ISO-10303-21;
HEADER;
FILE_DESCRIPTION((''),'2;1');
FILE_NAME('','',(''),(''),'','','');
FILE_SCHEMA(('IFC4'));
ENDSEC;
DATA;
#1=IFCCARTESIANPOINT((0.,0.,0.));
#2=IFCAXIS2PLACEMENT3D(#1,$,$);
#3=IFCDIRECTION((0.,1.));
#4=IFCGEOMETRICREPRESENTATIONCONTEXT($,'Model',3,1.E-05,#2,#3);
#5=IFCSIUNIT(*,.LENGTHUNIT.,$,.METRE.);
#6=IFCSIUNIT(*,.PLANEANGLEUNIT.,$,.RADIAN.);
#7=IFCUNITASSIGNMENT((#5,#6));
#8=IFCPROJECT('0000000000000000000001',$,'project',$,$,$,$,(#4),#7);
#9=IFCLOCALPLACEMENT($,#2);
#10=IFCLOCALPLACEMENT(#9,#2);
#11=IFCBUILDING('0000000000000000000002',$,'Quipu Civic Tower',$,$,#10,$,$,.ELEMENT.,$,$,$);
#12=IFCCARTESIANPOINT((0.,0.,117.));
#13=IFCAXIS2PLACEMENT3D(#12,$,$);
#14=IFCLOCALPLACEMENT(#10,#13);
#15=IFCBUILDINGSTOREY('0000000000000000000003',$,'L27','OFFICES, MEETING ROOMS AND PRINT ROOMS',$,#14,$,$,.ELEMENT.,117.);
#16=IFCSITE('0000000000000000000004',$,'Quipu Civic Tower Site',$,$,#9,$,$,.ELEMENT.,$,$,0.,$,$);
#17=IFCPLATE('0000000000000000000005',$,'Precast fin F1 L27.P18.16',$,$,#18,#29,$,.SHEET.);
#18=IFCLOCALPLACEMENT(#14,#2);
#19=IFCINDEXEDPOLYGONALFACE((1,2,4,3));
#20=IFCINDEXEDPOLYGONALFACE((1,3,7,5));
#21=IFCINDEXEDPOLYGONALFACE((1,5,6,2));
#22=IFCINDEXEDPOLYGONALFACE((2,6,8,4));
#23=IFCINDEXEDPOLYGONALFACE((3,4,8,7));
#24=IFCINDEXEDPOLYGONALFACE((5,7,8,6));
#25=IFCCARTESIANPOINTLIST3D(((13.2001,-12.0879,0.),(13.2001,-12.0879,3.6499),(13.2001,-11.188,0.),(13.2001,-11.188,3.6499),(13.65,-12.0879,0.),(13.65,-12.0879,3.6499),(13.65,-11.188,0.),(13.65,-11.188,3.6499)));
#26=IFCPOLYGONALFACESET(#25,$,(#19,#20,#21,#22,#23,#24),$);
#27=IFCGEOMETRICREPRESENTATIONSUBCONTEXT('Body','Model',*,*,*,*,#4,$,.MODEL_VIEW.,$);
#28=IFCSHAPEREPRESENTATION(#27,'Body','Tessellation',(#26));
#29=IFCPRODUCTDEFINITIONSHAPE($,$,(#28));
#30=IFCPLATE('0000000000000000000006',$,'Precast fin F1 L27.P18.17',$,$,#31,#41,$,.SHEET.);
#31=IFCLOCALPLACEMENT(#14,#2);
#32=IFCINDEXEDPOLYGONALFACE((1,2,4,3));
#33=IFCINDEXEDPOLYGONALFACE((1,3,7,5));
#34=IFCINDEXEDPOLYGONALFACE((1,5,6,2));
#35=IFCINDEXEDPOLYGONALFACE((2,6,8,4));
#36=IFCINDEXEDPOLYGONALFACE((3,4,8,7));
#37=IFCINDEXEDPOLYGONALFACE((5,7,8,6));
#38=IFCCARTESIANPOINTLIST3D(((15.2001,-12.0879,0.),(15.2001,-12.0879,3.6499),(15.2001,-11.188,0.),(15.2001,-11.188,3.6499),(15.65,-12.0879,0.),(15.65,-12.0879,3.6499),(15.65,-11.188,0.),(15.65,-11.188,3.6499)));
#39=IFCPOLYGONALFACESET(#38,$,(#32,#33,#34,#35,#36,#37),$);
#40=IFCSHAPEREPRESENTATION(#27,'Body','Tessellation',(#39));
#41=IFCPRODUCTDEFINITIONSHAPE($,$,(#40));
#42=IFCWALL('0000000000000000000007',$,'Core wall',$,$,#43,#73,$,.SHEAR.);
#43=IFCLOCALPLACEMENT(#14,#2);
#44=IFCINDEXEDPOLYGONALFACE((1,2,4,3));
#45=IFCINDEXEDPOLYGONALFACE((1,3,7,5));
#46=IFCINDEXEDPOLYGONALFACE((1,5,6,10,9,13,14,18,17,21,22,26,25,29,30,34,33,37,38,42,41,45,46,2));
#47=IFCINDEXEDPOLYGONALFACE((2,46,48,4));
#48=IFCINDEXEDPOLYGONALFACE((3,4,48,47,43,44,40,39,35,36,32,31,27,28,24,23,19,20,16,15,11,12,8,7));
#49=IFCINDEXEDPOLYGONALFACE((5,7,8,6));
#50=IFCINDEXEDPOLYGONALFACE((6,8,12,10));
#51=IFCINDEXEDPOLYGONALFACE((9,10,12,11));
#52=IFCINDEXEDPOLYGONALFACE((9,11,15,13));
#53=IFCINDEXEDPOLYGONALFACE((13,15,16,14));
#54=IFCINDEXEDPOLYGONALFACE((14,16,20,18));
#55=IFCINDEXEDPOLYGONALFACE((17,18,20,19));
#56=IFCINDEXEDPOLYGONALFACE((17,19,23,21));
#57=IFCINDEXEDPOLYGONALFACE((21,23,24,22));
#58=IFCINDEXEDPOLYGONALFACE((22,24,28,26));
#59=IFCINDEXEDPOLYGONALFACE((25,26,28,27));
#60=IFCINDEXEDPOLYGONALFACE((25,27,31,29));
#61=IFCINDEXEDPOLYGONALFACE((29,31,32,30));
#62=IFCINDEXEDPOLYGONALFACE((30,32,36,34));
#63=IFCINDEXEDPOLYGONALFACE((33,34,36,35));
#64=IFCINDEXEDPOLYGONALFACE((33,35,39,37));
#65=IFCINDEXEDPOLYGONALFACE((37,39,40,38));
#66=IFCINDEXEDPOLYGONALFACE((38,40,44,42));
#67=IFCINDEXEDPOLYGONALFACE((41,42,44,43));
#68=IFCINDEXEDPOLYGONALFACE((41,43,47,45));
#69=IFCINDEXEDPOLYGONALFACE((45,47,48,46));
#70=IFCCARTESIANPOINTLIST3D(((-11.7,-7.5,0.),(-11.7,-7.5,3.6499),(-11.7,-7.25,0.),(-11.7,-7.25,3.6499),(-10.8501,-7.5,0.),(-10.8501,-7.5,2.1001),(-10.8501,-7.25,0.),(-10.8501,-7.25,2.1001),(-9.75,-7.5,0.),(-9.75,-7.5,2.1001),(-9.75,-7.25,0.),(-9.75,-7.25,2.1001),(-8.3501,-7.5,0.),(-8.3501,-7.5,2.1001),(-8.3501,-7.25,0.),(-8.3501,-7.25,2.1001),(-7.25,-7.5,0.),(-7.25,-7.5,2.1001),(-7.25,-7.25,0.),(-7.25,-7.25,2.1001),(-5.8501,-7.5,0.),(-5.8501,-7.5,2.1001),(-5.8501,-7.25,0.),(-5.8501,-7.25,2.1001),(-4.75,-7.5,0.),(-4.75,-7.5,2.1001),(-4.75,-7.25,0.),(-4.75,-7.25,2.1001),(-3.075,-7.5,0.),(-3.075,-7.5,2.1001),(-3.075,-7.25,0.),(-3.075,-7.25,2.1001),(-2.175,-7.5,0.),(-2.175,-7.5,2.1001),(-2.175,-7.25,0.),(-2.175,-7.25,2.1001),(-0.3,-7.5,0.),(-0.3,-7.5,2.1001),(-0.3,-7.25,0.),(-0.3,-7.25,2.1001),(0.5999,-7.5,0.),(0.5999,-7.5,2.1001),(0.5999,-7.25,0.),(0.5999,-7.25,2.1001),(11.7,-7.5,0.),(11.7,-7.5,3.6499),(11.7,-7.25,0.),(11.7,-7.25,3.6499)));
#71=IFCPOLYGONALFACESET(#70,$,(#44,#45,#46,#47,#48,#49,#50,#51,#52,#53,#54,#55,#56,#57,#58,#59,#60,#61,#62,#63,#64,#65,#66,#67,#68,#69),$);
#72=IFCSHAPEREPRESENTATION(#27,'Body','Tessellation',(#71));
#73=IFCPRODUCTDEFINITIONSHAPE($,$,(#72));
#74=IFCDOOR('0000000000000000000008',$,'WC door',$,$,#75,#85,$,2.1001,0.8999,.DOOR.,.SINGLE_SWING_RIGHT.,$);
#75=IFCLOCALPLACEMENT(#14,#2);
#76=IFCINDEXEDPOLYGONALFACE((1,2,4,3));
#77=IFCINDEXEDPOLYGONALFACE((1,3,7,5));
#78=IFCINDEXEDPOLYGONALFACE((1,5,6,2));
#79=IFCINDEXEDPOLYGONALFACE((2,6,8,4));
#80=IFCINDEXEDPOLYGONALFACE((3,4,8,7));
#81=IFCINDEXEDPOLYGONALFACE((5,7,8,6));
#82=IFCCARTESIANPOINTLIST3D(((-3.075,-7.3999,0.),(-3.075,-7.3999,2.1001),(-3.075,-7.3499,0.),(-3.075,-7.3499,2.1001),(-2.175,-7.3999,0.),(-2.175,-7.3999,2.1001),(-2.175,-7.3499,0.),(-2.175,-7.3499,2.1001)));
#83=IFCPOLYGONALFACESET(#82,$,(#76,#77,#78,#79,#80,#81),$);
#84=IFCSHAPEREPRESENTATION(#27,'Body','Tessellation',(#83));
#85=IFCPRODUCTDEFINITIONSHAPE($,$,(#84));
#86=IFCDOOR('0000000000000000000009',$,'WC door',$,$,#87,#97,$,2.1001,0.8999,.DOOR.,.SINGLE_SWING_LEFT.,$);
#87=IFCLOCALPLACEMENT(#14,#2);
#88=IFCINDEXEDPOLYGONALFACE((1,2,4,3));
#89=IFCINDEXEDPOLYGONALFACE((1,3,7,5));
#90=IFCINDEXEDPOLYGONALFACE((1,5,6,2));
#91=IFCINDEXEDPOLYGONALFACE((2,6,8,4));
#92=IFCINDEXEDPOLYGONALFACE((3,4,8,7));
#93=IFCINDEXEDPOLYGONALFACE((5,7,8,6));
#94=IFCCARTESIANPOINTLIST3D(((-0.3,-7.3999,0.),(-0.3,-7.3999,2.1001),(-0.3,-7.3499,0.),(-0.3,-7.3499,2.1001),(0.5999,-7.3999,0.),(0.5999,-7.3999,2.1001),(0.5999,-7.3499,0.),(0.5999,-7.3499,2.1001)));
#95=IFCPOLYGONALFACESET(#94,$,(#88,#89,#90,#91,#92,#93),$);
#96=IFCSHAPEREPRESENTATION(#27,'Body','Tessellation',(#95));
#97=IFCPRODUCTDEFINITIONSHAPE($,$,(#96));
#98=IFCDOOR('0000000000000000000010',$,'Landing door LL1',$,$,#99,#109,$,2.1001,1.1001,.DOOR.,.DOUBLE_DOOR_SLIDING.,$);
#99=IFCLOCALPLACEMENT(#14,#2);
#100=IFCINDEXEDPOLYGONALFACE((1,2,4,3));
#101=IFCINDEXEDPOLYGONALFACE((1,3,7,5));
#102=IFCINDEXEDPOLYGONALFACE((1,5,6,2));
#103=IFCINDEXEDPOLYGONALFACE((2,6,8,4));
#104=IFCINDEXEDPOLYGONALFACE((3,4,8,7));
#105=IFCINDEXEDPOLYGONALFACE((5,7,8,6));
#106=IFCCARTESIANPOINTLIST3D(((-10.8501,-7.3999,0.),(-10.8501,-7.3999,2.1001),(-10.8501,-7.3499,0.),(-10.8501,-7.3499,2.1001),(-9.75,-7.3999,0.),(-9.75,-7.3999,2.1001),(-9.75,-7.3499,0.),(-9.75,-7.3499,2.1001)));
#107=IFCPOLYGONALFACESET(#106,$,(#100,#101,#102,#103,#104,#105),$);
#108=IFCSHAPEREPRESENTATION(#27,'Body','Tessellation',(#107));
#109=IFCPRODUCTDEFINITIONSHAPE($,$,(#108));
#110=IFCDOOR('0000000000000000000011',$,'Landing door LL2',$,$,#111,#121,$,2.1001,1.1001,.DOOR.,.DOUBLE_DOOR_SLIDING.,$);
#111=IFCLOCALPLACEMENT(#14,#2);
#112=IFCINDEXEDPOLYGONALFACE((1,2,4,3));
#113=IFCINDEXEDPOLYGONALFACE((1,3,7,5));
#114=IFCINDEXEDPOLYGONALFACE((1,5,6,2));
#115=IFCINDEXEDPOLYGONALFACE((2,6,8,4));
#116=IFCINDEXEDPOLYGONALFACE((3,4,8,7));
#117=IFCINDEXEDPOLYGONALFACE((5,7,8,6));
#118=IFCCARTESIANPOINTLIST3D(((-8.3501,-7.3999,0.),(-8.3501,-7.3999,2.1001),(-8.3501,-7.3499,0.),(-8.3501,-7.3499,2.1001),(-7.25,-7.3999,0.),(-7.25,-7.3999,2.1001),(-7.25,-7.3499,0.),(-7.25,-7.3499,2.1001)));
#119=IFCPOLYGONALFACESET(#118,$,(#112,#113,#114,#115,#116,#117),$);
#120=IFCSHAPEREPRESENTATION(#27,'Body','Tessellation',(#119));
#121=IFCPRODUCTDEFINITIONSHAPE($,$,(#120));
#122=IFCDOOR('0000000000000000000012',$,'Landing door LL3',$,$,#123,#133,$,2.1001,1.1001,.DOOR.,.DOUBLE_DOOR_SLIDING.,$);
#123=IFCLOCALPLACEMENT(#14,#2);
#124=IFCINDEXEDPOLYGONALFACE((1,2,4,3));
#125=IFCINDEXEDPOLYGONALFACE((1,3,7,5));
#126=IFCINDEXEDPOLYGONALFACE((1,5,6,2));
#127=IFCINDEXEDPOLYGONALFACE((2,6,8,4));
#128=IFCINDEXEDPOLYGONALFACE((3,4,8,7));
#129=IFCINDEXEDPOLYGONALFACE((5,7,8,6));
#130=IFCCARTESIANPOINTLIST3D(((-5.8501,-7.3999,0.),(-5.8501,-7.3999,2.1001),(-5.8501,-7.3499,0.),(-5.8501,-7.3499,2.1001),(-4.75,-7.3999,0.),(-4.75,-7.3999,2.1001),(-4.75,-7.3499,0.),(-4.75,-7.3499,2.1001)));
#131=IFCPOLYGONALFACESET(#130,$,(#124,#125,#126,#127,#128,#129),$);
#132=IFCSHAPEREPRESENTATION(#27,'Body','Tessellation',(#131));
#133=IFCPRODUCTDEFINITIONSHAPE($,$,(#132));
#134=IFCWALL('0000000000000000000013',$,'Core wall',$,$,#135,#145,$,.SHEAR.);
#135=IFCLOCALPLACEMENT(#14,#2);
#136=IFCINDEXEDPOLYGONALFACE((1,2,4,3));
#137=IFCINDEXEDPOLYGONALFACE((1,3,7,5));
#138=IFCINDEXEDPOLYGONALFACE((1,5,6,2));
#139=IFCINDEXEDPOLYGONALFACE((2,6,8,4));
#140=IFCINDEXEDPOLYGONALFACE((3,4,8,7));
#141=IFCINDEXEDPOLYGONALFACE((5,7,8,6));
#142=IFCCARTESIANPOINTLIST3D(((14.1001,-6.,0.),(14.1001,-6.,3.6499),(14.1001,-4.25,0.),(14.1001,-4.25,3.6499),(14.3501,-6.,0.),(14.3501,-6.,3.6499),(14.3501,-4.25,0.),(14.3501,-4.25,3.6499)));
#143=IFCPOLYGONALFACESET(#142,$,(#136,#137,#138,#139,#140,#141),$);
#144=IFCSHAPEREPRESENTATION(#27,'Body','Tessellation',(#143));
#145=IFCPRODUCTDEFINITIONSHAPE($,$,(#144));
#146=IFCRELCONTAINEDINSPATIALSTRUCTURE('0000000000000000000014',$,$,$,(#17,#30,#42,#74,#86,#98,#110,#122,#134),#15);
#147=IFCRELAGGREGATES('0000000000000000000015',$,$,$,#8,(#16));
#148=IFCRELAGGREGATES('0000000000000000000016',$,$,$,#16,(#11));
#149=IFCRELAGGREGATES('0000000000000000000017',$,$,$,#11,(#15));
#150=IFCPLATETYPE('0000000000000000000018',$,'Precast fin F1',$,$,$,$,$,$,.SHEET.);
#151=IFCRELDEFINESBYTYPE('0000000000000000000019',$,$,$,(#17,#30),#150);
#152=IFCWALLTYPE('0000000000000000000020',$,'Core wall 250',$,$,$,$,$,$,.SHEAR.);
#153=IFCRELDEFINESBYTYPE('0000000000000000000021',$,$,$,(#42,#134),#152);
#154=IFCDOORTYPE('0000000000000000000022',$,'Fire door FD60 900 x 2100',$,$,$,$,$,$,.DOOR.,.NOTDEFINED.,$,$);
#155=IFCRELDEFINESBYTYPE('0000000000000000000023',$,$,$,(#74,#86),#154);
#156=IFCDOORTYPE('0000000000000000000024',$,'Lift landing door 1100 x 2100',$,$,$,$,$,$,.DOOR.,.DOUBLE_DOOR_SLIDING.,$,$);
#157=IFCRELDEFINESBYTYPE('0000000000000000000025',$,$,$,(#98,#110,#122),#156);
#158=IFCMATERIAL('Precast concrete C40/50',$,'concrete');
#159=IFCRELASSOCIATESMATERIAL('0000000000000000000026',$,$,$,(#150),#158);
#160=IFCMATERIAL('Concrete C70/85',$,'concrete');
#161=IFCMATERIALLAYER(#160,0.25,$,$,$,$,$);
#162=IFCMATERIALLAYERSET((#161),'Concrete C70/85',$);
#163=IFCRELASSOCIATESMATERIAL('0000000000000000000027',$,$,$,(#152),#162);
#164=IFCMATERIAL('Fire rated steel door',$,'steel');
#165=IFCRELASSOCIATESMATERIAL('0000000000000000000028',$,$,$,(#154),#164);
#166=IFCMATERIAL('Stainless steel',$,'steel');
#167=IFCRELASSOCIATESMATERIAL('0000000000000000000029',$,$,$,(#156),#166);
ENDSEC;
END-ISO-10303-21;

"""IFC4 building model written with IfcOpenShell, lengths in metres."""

from ifc_helpers import new_model, si_unit, direction, frame, frame_2d, origin, origin_2d, place, context, subcontext, project, spatial, rectangle, extrude, material, layer, layer_set, type_object, element, fill, save


model = new_model("IFC4")

# Units and contexts
model_context = context("Model", 3, precision=1e-05, world=origin(), true_north=direction((0.0, 1.0)))
body_context = subcontext(model_context, "Body", "Model", "MODEL_VIEW")
ifc_project = project(units=[si_unit("LENGTHUNIT", "METRE"), si_unit("PLANEANGLEUNIT", "RADIAN")], contexts=[model_context])

# Site, building, storey
site_placement = place(None, origin())
site = spatial("IfcSite", under=ifc_project, at=site_placement, Name="Quipu Civic Tower Site", CompositionType="ELEMENT", RefElevation=0.0)
building_placement = place(site_placement, origin())
building = spatial("IfcBuilding", under=site, at=building_placement, Name="Quipu Civic Tower", CompositionType="ELEMENT")
storey_placement = place(building_placement, frame((0.0, 0.0, 117.0)))
storey = spatial("IfcBuildingStorey", under=building, at=storey_placement, Name="L27", Description="OFFICES, MEETING ROOMS AND PRINT ROOMS", CompositionType="ELEMENT", Elevation=117.0)

# Plates
ifc_material_1 = material(Name="Precast concrete C40/50", Category="concrete")
plate_type = type_object("IfcPlateType", Name="Precast fin F1", PredefinedType="SHEET", material=ifc_material_1)
for number, where, z_axis, x_axis, name in (
    (1, (13.425, -11.6379, 0.0), (0.0, 0.0, 1.0), (1.0, 0.0, 0.0), "Precast fin F1 L27.P18.16"),
    (2, (15.425, -11.6379, 0.0), (0.0, 0.0, 1.0), (1.0, 0.0, 0.0), "Precast fin F1 L27.P18.17"),
):
    element("IfcPlate", number, at=place(storey_placement, frame(where, z_axis=z_axis, x_axis=x_axis)), inside=storey, type_object=plate_type, Name=name, PredefinedType="SHEET", context=body_context, shape_type="SweptSolid", body=[
        extrude(rectangle(XDim=0.45, YDim=0.8999, at=origin_2d()), origin(), (0.0, 0.0, 1.0), 3.6499),
    ])

# Wall, openings, doors
ifc_material_2 = material(Name="Concrete C70/85", Category="concrete")
ifc_layer_1 = layer(ifc_material_2, 0.25)
ifc_layer_set_1 = layer_set([ifc_layer_1], Name="Concrete C70/85")
wall_type_1 = type_object("IfcWallType", Name="Core wall 250", PredefinedType="SHEAR", material=ifc_layer_set_1)
wall_1_placement = place(storey_placement, frame((11.7, -7.375, 0.0), z_axis=(0.0, 0.0, 1.0), x_axis=(-1.0, 0.0, 0.0)))
wall_1 = element("IfcWall", 3, at=wall_1_placement, inside=storey, type_object=wall_type_1, Name="Core wall", PredefinedType="SHEAR", context=body_context, shape_type="SweptSolid", body=[
    extrude(rectangle(XDim=23.3999, YDim=0.25, at=frame_2d((11.7, 0.0))), origin(), (0.0, 0.0, 1.0), 3.6499),
])
opening_1_placement = place(wall_1_placement, frame((21.45, 0.0, 0.0)))
opening_1 = element("IfcOpeningElement", 4, at=opening_1_placement, cuts=wall_1, PredefinedType="OPENING", context=body_context, shape_type="SweptSolid", body=[
    extrude(rectangle(XDim=1.1001, YDim=2.1001, at=frame_2d((0.55, 1.05))), frame((0.0, 0.135, 0.0), z_axis=(0.0, -1.0, 0.0), x_axis=(1.0, 0.0, 0.0)), (0.0, 0.0, 1.0), 0.27),
])
opening_2_placement = place(wall_1_placement, frame((18.95, 0.0, 0.0)))
opening_2 = element("IfcOpeningElement", 5, at=opening_2_placement, cuts=wall_1, PredefinedType="OPENING", context=body_context, shape_type="SweptSolid", body=[
    extrude(rectangle(XDim=1.1001, YDim=2.1001, at=frame_2d((0.55, 1.05))), frame((0.0, 0.135, 0.0), z_axis=(0.0, -1.0, 0.0), x_axis=(1.0, 0.0, 0.0)), (0.0, 0.0, 1.0), 0.27),
])
opening_3_placement = place(wall_1_placement, frame((16.45, 0.0, 0.0)))
opening_3 = element("IfcOpeningElement", 6, at=opening_3_placement, cuts=wall_1, PredefinedType="OPENING", context=body_context, shape_type="SweptSolid", body=[
    extrude(rectangle(XDim=1.1001, YDim=2.1001, at=frame_2d((0.55, 1.05))), frame((0.0, 0.135, 0.0), z_axis=(0.0, -1.0, 0.0), x_axis=(1.0, 0.0, 0.0)), (0.0, 0.0, 1.0), 0.27),
])
opening_4_placement = place(wall_1_placement, frame((13.875, 0.0, 0.0)))
opening_4 = element("IfcOpeningElement", 7, at=opening_4_placement, cuts=wall_1, PredefinedType="OPENING", context=body_context, shape_type="SweptSolid", body=[
    extrude(rectangle(XDim=0.8999, YDim=2.1001, at=frame_2d((0.45, 1.05))), frame((0.0, 0.135, 0.0), z_axis=(0.0, -1.0, 0.0), x_axis=(1.0, 0.0, 0.0)), (0.0, 0.0, 1.0), 0.27),
])
opening_5_placement = place(wall_1_placement, frame((11.1001, 0.0, 0.0)))
opening_5 = element("IfcOpeningElement", 8, at=opening_5_placement, cuts=wall_1, PredefinedType="OPENING", context=body_context, shape_type="SweptSolid", body=[
    extrude(rectangle(XDim=0.8999, YDim=2.1001, at=frame_2d((0.45, 1.05))), frame((0.0, 0.135, 0.0), z_axis=(0.0, -1.0, 0.0), x_axis=(1.0, 0.0, 0.0)), (0.0, 0.0, 1.0), 0.27),
])
ifc_material_3 = material(Name="Fire rated steel door", Category="steel")
door_type_1 = type_object("IfcDoorType", Name="Fire door FD60 900 x 2100", OperationType="NOTDEFINED", PredefinedType="DOOR", material=ifc_material_3)
door_1_placement = place(opening_4_placement, origin())
door_1 = element("IfcDoor", 9, at=door_1_placement, inside=storey, type_object=door_type_1, Name="WC door", OperationType="SINGLE_SWING_RIGHT", OverallHeight=2.1001, OverallWidth=0.8999, PredefinedType="DOOR", context=body_context, shape_type="SweptSolid", body=[
    extrude(rectangle(XDim=0.8999, YDim=2.1001, at=frame_2d((0.45, 1.05))), frame((0.0, 0.0249, 0.0), z_axis=(0.0, -1.0, 0.0), x_axis=(1.0, 0.0, 0.0)), (0.0, 0.0, 1.0), 0.05),
])
fill(opening_4, door_1)
door_2_placement = place(opening_5_placement, origin())
door_2 = element("IfcDoor", 10, at=door_2_placement, inside=storey, type_object=door_type_1, Name="WC door", OperationType="SINGLE_SWING_LEFT", OverallHeight=2.1001, OverallWidth=0.8999, PredefinedType="DOOR", context=body_context, shape_type="SweptSolid", body=[
    extrude(rectangle(XDim=0.8999, YDim=2.1001, at=frame_2d((0.45, 1.05))), frame((0.0, 0.0249, 0.0), z_axis=(0.0, -1.0, 0.0), x_axis=(1.0, 0.0, 0.0)), (0.0, 0.0, 1.0), 0.05),
])
fill(opening_5, door_2)
ifc_material_4 = material(Name="Stainless steel", Category="steel")
door_type_2 = type_object("IfcDoorType", Name="Lift landing door 1100 x 2100", OperationType="DOUBLE_DOOR_SLIDING", PredefinedType="DOOR", material=ifc_material_4)
door_3_placement = place(opening_1_placement, origin())
door_3 = element("IfcDoor", 11, at=door_3_placement, inside=storey, type_object=door_type_2, Name="Landing door LL1", OperationType="DOUBLE_DOOR_SLIDING", OverallHeight=2.1001, OverallWidth=1.1001, PredefinedType="DOOR", context=body_context, shape_type="SweptSolid", body=[
    extrude(rectangle(XDim=1.1001, YDim=2.1001, at=frame_2d((0.55, 1.05))), frame((0.0, 0.0249, 0.0), z_axis=(0.0, -1.0, 0.0), x_axis=(1.0, 0.0, 0.0)), (0.0, 0.0, 1.0), 0.05),
])
fill(opening_1, door_3)
door_4_placement = place(opening_2_placement, origin())
door_4 = element("IfcDoor", 12, at=door_4_placement, inside=storey, type_object=door_type_2, Name="Landing door LL2", OperationType="DOUBLE_DOOR_SLIDING", OverallHeight=2.1001, OverallWidth=1.1001, PredefinedType="DOOR", context=body_context, shape_type="SweptSolid", body=[
    extrude(rectangle(XDim=1.1001, YDim=2.1001, at=frame_2d((0.55, 1.05))), frame((0.0, 0.0249, 0.0), z_axis=(0.0, -1.0, 0.0), x_axis=(1.0, 0.0, 0.0)), (0.0, 0.0, 1.0), 0.05),
])
fill(opening_2, door_4)
door_5_placement = place(opening_3_placement, origin())
door_5 = element("IfcDoor", 13, at=door_5_placement, inside=storey, type_object=door_type_2, Name="Landing door LL3", OperationType="DOUBLE_DOOR_SLIDING", OverallHeight=2.1001, OverallWidth=1.1001, PredefinedType="DOOR", context=body_context, shape_type="SweptSolid", body=[
    extrude(rectangle(XDim=1.1001, YDim=2.1001, at=frame_2d((0.55, 1.05))), frame((0.0, 0.0249, 0.0), z_axis=(0.0, -1.0, 0.0), x_axis=(1.0, 0.0, 0.0)), (0.0, 0.0, 1.0), 0.05),
])
fill(opening_3, door_5)

# Wall
wall_2_placement = place(storey_placement, frame((14.2251, -6.0, 0.0), z_axis=(0.0, 0.0, 1.0), x_axis=(0.0, 1.0, 0.0)))
element("IfcWall", 14, at=wall_2_placement, inside=storey, type_object=wall_type_1, Name="Core wall", PredefinedType="SHEAR", context=body_context, shape_type="SweptSolid", body=[
    extrude(rectangle(XDim=1.75, YDim=0.25, at=frame_2d((0.875, 0.0))), origin(), (0.0, 0.0, 1.0), 3.6499),
])

save(model, "model.ifc")
